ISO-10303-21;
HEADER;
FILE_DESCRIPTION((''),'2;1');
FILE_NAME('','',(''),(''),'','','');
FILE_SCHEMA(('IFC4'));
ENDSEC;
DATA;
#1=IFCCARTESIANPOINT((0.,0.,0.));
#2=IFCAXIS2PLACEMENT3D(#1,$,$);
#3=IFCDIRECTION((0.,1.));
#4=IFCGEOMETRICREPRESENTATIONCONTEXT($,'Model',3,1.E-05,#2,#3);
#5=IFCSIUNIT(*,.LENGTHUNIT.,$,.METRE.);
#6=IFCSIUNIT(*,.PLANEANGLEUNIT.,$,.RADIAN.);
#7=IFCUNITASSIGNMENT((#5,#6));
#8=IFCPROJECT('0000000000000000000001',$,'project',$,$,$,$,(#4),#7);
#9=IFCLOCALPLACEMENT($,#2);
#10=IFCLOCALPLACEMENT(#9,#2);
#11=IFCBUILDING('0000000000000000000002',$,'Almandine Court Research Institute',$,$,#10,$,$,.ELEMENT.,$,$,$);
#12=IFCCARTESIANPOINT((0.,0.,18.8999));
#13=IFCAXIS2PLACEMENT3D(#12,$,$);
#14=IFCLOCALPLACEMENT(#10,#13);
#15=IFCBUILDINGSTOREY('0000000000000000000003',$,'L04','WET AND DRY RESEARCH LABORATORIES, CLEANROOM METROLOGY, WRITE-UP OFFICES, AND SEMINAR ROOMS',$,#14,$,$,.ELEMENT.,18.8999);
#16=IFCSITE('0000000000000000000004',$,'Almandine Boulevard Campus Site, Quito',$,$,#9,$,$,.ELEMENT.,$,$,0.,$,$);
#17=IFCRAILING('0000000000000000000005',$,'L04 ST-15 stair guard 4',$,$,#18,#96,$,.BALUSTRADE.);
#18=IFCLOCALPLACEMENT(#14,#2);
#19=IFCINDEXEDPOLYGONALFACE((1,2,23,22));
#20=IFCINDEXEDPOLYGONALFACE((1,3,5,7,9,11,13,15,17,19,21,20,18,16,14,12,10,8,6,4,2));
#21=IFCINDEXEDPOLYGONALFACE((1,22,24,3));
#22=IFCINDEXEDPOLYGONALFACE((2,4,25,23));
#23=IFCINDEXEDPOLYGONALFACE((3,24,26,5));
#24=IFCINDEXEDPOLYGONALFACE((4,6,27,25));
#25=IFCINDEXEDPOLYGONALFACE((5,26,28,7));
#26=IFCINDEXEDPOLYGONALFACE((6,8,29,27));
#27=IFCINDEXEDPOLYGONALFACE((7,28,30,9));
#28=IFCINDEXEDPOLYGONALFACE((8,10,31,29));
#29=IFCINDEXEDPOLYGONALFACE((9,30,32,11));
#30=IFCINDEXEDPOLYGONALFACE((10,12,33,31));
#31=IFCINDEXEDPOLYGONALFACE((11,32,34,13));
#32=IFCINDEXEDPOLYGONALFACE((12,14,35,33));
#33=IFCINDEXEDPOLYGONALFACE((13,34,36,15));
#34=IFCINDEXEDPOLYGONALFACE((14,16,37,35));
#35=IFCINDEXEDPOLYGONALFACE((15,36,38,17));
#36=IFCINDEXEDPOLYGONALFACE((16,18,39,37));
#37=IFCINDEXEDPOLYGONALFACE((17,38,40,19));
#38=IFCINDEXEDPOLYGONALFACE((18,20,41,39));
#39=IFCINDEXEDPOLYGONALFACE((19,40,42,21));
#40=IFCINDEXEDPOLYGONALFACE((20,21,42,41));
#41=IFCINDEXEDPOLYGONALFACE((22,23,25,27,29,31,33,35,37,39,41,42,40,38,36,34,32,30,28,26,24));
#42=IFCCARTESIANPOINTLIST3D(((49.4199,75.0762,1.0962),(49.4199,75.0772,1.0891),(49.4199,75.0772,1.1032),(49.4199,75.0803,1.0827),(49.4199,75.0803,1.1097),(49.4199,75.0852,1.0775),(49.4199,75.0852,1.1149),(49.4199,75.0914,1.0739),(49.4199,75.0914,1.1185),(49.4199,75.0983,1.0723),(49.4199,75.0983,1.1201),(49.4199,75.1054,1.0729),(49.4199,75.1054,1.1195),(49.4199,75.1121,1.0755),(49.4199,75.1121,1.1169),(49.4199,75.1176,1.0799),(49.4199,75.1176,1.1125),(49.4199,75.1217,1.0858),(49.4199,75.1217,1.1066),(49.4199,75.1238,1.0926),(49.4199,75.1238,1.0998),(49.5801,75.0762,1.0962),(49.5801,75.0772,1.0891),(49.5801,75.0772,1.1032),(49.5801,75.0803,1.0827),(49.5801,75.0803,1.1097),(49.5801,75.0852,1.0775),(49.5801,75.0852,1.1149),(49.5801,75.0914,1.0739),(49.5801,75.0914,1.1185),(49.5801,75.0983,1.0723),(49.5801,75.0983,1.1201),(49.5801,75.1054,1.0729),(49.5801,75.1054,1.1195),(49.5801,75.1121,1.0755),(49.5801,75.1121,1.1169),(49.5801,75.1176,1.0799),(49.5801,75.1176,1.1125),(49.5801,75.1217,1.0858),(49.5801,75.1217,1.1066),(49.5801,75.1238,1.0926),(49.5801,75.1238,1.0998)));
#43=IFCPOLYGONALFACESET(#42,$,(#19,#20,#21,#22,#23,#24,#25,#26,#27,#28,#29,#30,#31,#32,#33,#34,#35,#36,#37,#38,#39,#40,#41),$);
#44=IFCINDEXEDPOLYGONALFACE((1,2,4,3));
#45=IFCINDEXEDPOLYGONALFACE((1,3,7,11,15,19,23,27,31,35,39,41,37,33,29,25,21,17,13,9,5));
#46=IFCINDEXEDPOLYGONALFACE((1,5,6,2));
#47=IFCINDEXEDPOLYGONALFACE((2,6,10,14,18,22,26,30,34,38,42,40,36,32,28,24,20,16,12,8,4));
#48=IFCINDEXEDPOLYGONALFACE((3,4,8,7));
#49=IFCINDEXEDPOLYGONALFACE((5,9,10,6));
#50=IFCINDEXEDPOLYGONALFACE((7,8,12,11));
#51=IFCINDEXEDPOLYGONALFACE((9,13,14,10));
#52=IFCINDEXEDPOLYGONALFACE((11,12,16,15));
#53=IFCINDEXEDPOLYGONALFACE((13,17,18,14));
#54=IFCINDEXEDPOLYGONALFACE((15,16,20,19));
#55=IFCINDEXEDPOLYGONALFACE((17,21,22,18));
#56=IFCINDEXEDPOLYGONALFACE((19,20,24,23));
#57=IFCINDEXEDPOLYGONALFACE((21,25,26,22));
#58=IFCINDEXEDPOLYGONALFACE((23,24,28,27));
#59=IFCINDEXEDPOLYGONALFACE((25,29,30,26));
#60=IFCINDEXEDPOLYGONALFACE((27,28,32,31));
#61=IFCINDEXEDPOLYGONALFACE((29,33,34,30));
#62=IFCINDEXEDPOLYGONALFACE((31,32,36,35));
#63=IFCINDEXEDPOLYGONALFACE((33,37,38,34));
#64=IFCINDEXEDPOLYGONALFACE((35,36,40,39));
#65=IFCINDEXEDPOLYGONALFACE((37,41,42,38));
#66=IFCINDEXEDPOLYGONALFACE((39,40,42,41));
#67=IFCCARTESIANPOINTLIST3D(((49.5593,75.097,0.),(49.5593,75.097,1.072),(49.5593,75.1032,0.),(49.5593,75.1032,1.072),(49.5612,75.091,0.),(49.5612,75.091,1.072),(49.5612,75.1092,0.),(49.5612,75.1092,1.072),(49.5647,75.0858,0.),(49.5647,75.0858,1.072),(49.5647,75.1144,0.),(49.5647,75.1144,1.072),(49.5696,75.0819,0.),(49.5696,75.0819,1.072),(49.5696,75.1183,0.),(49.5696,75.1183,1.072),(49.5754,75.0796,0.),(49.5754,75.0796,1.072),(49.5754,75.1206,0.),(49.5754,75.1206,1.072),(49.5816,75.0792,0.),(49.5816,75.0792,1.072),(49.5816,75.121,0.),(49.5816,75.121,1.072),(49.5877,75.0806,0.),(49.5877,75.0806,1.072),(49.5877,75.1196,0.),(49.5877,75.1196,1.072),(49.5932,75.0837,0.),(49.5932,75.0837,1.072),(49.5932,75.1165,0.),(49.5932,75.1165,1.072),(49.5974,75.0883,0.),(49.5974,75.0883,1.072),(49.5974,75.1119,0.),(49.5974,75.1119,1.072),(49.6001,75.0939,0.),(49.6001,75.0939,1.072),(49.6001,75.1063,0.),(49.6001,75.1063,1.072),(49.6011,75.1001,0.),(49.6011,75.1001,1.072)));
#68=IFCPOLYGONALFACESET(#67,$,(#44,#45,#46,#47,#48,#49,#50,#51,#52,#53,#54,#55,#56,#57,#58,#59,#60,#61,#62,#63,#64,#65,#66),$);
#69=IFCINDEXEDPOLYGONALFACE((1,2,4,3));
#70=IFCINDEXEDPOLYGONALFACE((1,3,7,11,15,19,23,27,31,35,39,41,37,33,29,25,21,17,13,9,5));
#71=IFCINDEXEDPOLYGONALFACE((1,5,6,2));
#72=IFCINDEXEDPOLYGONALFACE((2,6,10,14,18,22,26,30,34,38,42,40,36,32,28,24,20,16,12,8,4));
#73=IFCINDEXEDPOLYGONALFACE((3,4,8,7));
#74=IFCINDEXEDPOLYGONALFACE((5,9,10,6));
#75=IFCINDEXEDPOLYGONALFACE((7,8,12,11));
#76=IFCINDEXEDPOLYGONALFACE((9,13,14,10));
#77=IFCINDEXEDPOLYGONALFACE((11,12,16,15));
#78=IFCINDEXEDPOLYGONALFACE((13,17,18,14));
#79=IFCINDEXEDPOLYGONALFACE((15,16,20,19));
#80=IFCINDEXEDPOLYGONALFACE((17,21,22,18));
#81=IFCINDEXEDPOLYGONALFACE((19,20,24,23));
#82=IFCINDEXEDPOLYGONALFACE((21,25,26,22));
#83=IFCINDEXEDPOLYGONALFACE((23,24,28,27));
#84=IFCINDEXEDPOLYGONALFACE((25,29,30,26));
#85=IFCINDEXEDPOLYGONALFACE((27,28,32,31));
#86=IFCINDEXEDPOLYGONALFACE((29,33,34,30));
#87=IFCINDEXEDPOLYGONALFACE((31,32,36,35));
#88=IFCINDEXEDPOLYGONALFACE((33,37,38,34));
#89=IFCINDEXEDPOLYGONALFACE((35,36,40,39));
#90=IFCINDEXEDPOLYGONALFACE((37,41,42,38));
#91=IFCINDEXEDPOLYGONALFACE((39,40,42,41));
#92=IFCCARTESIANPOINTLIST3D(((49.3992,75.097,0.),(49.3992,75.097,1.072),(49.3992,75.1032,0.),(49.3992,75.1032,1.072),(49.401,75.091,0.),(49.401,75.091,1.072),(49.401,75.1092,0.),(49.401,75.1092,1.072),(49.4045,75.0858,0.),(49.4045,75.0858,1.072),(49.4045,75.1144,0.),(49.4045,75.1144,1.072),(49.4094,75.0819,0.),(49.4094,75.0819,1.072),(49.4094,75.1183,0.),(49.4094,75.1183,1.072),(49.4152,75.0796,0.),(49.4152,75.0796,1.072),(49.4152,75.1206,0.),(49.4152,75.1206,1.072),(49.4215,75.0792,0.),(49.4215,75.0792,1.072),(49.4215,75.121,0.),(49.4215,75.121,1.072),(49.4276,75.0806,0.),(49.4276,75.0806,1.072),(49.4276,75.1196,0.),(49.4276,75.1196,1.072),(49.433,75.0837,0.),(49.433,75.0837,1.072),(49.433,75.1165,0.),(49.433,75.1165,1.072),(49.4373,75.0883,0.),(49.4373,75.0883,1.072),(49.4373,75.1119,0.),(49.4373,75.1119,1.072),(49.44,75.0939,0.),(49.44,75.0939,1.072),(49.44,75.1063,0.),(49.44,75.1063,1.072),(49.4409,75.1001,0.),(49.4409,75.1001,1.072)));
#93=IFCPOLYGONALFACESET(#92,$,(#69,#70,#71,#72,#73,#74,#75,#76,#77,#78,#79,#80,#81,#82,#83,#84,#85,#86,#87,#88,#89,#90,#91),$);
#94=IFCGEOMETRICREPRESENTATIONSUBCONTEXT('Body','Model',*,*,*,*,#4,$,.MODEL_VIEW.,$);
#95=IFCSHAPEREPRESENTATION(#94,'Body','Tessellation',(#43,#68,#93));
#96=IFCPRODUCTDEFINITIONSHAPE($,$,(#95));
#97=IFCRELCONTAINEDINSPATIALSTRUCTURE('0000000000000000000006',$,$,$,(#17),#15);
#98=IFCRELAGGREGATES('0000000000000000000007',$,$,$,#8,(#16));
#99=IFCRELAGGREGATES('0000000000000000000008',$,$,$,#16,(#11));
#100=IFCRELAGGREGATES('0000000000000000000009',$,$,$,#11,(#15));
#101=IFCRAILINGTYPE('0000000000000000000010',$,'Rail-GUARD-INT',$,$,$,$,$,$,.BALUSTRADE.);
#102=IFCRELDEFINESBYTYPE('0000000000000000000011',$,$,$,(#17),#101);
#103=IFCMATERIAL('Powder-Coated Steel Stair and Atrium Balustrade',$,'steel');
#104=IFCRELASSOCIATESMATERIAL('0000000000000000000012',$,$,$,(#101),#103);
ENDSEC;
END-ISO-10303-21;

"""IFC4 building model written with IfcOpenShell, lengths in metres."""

from ifc_helpers import new_model, si_unit, direction, frame, origin, origin_2d, place, context, subcontext, project, spatial, circle, extrude, material, type_object, element, save


model = new_model("IFC4")

# Units and contexts
model_context = context("Model", 3, precision=1e-05, world=origin(), true_north=direction((0.0, 1.0)))
body_context = subcontext(model_context, "Body", "Model", "MODEL_VIEW")
ifc_project = project(units=[si_unit("LENGTHUNIT", "METRE"), si_unit("PLANEANGLEUNIT", "RADIAN")], contexts=[model_context])

# Site, building, storey
site_placement = place(None, origin())
site = spatial("IfcSite", under=ifc_project, at=site_placement, Name="Almandine Boulevard Campus Site, Quito", CompositionType="ELEMENT", RefElevation=0.0)
building_placement = place(site_placement, origin())
building = spatial("IfcBuilding", under=site, at=building_placement, Name="Almandine Court Research Institute", CompositionType="ELEMENT")
storey_placement = place(building_placement, frame((0.0, 0.0, 18.8999)))
storey = spatial("IfcBuildingStorey", under=building, at=storey_placement, Name="L04", Description="WET AND DRY RESEARCH LABORATORIES, CLEANROOM METROLOGY, WRITE-UP OFFICES, AND SEMINAR ROOMS", CompositionType="ELEMENT", Elevation=18.8999)

# Railing
ifc_material_1 = material(Name="Powder-Coated Steel Stair and Atrium Balustrade", Category="steel")
railing_type_1 = type_object("IfcRailingType", Name="Rail-GUARD-INT", PredefinedType="BALUSTRADE", material=ifc_material_1)
railing_1_placement = place(storey_placement, frame((49.5801, 75.1001, 0.0)))
element("IfcRailing", 1, at=railing_1_placement, inside=storey, type_object=railing_type_1, Name="L04 ST-15 stair guard 4", PredefinedType="BALUSTRADE", context=body_context, shape_type="SweptSolid", body=[
    extrude(circle(Radius=0.0239, at=origin_2d()), frame((0.0, 0.0, 1.0962), z_axis=(-1.0, 0.0, 0.0), x_axis=(0.0, -1.0, 0.0)), (0.0, 0.0, 1.0), 0.1602),
    extrude(circle(Radius=0.021, at=origin_2d()), origin(), (0.0, 0.0, 1.0), 1.072),
    extrude(circle(Radius=0.021, at=origin_2d()), frame((-0.1602, 0.0, 0.0)), (0.0, 0.0, 1.0), 1.072),
])

save(model, "model.ifc")
